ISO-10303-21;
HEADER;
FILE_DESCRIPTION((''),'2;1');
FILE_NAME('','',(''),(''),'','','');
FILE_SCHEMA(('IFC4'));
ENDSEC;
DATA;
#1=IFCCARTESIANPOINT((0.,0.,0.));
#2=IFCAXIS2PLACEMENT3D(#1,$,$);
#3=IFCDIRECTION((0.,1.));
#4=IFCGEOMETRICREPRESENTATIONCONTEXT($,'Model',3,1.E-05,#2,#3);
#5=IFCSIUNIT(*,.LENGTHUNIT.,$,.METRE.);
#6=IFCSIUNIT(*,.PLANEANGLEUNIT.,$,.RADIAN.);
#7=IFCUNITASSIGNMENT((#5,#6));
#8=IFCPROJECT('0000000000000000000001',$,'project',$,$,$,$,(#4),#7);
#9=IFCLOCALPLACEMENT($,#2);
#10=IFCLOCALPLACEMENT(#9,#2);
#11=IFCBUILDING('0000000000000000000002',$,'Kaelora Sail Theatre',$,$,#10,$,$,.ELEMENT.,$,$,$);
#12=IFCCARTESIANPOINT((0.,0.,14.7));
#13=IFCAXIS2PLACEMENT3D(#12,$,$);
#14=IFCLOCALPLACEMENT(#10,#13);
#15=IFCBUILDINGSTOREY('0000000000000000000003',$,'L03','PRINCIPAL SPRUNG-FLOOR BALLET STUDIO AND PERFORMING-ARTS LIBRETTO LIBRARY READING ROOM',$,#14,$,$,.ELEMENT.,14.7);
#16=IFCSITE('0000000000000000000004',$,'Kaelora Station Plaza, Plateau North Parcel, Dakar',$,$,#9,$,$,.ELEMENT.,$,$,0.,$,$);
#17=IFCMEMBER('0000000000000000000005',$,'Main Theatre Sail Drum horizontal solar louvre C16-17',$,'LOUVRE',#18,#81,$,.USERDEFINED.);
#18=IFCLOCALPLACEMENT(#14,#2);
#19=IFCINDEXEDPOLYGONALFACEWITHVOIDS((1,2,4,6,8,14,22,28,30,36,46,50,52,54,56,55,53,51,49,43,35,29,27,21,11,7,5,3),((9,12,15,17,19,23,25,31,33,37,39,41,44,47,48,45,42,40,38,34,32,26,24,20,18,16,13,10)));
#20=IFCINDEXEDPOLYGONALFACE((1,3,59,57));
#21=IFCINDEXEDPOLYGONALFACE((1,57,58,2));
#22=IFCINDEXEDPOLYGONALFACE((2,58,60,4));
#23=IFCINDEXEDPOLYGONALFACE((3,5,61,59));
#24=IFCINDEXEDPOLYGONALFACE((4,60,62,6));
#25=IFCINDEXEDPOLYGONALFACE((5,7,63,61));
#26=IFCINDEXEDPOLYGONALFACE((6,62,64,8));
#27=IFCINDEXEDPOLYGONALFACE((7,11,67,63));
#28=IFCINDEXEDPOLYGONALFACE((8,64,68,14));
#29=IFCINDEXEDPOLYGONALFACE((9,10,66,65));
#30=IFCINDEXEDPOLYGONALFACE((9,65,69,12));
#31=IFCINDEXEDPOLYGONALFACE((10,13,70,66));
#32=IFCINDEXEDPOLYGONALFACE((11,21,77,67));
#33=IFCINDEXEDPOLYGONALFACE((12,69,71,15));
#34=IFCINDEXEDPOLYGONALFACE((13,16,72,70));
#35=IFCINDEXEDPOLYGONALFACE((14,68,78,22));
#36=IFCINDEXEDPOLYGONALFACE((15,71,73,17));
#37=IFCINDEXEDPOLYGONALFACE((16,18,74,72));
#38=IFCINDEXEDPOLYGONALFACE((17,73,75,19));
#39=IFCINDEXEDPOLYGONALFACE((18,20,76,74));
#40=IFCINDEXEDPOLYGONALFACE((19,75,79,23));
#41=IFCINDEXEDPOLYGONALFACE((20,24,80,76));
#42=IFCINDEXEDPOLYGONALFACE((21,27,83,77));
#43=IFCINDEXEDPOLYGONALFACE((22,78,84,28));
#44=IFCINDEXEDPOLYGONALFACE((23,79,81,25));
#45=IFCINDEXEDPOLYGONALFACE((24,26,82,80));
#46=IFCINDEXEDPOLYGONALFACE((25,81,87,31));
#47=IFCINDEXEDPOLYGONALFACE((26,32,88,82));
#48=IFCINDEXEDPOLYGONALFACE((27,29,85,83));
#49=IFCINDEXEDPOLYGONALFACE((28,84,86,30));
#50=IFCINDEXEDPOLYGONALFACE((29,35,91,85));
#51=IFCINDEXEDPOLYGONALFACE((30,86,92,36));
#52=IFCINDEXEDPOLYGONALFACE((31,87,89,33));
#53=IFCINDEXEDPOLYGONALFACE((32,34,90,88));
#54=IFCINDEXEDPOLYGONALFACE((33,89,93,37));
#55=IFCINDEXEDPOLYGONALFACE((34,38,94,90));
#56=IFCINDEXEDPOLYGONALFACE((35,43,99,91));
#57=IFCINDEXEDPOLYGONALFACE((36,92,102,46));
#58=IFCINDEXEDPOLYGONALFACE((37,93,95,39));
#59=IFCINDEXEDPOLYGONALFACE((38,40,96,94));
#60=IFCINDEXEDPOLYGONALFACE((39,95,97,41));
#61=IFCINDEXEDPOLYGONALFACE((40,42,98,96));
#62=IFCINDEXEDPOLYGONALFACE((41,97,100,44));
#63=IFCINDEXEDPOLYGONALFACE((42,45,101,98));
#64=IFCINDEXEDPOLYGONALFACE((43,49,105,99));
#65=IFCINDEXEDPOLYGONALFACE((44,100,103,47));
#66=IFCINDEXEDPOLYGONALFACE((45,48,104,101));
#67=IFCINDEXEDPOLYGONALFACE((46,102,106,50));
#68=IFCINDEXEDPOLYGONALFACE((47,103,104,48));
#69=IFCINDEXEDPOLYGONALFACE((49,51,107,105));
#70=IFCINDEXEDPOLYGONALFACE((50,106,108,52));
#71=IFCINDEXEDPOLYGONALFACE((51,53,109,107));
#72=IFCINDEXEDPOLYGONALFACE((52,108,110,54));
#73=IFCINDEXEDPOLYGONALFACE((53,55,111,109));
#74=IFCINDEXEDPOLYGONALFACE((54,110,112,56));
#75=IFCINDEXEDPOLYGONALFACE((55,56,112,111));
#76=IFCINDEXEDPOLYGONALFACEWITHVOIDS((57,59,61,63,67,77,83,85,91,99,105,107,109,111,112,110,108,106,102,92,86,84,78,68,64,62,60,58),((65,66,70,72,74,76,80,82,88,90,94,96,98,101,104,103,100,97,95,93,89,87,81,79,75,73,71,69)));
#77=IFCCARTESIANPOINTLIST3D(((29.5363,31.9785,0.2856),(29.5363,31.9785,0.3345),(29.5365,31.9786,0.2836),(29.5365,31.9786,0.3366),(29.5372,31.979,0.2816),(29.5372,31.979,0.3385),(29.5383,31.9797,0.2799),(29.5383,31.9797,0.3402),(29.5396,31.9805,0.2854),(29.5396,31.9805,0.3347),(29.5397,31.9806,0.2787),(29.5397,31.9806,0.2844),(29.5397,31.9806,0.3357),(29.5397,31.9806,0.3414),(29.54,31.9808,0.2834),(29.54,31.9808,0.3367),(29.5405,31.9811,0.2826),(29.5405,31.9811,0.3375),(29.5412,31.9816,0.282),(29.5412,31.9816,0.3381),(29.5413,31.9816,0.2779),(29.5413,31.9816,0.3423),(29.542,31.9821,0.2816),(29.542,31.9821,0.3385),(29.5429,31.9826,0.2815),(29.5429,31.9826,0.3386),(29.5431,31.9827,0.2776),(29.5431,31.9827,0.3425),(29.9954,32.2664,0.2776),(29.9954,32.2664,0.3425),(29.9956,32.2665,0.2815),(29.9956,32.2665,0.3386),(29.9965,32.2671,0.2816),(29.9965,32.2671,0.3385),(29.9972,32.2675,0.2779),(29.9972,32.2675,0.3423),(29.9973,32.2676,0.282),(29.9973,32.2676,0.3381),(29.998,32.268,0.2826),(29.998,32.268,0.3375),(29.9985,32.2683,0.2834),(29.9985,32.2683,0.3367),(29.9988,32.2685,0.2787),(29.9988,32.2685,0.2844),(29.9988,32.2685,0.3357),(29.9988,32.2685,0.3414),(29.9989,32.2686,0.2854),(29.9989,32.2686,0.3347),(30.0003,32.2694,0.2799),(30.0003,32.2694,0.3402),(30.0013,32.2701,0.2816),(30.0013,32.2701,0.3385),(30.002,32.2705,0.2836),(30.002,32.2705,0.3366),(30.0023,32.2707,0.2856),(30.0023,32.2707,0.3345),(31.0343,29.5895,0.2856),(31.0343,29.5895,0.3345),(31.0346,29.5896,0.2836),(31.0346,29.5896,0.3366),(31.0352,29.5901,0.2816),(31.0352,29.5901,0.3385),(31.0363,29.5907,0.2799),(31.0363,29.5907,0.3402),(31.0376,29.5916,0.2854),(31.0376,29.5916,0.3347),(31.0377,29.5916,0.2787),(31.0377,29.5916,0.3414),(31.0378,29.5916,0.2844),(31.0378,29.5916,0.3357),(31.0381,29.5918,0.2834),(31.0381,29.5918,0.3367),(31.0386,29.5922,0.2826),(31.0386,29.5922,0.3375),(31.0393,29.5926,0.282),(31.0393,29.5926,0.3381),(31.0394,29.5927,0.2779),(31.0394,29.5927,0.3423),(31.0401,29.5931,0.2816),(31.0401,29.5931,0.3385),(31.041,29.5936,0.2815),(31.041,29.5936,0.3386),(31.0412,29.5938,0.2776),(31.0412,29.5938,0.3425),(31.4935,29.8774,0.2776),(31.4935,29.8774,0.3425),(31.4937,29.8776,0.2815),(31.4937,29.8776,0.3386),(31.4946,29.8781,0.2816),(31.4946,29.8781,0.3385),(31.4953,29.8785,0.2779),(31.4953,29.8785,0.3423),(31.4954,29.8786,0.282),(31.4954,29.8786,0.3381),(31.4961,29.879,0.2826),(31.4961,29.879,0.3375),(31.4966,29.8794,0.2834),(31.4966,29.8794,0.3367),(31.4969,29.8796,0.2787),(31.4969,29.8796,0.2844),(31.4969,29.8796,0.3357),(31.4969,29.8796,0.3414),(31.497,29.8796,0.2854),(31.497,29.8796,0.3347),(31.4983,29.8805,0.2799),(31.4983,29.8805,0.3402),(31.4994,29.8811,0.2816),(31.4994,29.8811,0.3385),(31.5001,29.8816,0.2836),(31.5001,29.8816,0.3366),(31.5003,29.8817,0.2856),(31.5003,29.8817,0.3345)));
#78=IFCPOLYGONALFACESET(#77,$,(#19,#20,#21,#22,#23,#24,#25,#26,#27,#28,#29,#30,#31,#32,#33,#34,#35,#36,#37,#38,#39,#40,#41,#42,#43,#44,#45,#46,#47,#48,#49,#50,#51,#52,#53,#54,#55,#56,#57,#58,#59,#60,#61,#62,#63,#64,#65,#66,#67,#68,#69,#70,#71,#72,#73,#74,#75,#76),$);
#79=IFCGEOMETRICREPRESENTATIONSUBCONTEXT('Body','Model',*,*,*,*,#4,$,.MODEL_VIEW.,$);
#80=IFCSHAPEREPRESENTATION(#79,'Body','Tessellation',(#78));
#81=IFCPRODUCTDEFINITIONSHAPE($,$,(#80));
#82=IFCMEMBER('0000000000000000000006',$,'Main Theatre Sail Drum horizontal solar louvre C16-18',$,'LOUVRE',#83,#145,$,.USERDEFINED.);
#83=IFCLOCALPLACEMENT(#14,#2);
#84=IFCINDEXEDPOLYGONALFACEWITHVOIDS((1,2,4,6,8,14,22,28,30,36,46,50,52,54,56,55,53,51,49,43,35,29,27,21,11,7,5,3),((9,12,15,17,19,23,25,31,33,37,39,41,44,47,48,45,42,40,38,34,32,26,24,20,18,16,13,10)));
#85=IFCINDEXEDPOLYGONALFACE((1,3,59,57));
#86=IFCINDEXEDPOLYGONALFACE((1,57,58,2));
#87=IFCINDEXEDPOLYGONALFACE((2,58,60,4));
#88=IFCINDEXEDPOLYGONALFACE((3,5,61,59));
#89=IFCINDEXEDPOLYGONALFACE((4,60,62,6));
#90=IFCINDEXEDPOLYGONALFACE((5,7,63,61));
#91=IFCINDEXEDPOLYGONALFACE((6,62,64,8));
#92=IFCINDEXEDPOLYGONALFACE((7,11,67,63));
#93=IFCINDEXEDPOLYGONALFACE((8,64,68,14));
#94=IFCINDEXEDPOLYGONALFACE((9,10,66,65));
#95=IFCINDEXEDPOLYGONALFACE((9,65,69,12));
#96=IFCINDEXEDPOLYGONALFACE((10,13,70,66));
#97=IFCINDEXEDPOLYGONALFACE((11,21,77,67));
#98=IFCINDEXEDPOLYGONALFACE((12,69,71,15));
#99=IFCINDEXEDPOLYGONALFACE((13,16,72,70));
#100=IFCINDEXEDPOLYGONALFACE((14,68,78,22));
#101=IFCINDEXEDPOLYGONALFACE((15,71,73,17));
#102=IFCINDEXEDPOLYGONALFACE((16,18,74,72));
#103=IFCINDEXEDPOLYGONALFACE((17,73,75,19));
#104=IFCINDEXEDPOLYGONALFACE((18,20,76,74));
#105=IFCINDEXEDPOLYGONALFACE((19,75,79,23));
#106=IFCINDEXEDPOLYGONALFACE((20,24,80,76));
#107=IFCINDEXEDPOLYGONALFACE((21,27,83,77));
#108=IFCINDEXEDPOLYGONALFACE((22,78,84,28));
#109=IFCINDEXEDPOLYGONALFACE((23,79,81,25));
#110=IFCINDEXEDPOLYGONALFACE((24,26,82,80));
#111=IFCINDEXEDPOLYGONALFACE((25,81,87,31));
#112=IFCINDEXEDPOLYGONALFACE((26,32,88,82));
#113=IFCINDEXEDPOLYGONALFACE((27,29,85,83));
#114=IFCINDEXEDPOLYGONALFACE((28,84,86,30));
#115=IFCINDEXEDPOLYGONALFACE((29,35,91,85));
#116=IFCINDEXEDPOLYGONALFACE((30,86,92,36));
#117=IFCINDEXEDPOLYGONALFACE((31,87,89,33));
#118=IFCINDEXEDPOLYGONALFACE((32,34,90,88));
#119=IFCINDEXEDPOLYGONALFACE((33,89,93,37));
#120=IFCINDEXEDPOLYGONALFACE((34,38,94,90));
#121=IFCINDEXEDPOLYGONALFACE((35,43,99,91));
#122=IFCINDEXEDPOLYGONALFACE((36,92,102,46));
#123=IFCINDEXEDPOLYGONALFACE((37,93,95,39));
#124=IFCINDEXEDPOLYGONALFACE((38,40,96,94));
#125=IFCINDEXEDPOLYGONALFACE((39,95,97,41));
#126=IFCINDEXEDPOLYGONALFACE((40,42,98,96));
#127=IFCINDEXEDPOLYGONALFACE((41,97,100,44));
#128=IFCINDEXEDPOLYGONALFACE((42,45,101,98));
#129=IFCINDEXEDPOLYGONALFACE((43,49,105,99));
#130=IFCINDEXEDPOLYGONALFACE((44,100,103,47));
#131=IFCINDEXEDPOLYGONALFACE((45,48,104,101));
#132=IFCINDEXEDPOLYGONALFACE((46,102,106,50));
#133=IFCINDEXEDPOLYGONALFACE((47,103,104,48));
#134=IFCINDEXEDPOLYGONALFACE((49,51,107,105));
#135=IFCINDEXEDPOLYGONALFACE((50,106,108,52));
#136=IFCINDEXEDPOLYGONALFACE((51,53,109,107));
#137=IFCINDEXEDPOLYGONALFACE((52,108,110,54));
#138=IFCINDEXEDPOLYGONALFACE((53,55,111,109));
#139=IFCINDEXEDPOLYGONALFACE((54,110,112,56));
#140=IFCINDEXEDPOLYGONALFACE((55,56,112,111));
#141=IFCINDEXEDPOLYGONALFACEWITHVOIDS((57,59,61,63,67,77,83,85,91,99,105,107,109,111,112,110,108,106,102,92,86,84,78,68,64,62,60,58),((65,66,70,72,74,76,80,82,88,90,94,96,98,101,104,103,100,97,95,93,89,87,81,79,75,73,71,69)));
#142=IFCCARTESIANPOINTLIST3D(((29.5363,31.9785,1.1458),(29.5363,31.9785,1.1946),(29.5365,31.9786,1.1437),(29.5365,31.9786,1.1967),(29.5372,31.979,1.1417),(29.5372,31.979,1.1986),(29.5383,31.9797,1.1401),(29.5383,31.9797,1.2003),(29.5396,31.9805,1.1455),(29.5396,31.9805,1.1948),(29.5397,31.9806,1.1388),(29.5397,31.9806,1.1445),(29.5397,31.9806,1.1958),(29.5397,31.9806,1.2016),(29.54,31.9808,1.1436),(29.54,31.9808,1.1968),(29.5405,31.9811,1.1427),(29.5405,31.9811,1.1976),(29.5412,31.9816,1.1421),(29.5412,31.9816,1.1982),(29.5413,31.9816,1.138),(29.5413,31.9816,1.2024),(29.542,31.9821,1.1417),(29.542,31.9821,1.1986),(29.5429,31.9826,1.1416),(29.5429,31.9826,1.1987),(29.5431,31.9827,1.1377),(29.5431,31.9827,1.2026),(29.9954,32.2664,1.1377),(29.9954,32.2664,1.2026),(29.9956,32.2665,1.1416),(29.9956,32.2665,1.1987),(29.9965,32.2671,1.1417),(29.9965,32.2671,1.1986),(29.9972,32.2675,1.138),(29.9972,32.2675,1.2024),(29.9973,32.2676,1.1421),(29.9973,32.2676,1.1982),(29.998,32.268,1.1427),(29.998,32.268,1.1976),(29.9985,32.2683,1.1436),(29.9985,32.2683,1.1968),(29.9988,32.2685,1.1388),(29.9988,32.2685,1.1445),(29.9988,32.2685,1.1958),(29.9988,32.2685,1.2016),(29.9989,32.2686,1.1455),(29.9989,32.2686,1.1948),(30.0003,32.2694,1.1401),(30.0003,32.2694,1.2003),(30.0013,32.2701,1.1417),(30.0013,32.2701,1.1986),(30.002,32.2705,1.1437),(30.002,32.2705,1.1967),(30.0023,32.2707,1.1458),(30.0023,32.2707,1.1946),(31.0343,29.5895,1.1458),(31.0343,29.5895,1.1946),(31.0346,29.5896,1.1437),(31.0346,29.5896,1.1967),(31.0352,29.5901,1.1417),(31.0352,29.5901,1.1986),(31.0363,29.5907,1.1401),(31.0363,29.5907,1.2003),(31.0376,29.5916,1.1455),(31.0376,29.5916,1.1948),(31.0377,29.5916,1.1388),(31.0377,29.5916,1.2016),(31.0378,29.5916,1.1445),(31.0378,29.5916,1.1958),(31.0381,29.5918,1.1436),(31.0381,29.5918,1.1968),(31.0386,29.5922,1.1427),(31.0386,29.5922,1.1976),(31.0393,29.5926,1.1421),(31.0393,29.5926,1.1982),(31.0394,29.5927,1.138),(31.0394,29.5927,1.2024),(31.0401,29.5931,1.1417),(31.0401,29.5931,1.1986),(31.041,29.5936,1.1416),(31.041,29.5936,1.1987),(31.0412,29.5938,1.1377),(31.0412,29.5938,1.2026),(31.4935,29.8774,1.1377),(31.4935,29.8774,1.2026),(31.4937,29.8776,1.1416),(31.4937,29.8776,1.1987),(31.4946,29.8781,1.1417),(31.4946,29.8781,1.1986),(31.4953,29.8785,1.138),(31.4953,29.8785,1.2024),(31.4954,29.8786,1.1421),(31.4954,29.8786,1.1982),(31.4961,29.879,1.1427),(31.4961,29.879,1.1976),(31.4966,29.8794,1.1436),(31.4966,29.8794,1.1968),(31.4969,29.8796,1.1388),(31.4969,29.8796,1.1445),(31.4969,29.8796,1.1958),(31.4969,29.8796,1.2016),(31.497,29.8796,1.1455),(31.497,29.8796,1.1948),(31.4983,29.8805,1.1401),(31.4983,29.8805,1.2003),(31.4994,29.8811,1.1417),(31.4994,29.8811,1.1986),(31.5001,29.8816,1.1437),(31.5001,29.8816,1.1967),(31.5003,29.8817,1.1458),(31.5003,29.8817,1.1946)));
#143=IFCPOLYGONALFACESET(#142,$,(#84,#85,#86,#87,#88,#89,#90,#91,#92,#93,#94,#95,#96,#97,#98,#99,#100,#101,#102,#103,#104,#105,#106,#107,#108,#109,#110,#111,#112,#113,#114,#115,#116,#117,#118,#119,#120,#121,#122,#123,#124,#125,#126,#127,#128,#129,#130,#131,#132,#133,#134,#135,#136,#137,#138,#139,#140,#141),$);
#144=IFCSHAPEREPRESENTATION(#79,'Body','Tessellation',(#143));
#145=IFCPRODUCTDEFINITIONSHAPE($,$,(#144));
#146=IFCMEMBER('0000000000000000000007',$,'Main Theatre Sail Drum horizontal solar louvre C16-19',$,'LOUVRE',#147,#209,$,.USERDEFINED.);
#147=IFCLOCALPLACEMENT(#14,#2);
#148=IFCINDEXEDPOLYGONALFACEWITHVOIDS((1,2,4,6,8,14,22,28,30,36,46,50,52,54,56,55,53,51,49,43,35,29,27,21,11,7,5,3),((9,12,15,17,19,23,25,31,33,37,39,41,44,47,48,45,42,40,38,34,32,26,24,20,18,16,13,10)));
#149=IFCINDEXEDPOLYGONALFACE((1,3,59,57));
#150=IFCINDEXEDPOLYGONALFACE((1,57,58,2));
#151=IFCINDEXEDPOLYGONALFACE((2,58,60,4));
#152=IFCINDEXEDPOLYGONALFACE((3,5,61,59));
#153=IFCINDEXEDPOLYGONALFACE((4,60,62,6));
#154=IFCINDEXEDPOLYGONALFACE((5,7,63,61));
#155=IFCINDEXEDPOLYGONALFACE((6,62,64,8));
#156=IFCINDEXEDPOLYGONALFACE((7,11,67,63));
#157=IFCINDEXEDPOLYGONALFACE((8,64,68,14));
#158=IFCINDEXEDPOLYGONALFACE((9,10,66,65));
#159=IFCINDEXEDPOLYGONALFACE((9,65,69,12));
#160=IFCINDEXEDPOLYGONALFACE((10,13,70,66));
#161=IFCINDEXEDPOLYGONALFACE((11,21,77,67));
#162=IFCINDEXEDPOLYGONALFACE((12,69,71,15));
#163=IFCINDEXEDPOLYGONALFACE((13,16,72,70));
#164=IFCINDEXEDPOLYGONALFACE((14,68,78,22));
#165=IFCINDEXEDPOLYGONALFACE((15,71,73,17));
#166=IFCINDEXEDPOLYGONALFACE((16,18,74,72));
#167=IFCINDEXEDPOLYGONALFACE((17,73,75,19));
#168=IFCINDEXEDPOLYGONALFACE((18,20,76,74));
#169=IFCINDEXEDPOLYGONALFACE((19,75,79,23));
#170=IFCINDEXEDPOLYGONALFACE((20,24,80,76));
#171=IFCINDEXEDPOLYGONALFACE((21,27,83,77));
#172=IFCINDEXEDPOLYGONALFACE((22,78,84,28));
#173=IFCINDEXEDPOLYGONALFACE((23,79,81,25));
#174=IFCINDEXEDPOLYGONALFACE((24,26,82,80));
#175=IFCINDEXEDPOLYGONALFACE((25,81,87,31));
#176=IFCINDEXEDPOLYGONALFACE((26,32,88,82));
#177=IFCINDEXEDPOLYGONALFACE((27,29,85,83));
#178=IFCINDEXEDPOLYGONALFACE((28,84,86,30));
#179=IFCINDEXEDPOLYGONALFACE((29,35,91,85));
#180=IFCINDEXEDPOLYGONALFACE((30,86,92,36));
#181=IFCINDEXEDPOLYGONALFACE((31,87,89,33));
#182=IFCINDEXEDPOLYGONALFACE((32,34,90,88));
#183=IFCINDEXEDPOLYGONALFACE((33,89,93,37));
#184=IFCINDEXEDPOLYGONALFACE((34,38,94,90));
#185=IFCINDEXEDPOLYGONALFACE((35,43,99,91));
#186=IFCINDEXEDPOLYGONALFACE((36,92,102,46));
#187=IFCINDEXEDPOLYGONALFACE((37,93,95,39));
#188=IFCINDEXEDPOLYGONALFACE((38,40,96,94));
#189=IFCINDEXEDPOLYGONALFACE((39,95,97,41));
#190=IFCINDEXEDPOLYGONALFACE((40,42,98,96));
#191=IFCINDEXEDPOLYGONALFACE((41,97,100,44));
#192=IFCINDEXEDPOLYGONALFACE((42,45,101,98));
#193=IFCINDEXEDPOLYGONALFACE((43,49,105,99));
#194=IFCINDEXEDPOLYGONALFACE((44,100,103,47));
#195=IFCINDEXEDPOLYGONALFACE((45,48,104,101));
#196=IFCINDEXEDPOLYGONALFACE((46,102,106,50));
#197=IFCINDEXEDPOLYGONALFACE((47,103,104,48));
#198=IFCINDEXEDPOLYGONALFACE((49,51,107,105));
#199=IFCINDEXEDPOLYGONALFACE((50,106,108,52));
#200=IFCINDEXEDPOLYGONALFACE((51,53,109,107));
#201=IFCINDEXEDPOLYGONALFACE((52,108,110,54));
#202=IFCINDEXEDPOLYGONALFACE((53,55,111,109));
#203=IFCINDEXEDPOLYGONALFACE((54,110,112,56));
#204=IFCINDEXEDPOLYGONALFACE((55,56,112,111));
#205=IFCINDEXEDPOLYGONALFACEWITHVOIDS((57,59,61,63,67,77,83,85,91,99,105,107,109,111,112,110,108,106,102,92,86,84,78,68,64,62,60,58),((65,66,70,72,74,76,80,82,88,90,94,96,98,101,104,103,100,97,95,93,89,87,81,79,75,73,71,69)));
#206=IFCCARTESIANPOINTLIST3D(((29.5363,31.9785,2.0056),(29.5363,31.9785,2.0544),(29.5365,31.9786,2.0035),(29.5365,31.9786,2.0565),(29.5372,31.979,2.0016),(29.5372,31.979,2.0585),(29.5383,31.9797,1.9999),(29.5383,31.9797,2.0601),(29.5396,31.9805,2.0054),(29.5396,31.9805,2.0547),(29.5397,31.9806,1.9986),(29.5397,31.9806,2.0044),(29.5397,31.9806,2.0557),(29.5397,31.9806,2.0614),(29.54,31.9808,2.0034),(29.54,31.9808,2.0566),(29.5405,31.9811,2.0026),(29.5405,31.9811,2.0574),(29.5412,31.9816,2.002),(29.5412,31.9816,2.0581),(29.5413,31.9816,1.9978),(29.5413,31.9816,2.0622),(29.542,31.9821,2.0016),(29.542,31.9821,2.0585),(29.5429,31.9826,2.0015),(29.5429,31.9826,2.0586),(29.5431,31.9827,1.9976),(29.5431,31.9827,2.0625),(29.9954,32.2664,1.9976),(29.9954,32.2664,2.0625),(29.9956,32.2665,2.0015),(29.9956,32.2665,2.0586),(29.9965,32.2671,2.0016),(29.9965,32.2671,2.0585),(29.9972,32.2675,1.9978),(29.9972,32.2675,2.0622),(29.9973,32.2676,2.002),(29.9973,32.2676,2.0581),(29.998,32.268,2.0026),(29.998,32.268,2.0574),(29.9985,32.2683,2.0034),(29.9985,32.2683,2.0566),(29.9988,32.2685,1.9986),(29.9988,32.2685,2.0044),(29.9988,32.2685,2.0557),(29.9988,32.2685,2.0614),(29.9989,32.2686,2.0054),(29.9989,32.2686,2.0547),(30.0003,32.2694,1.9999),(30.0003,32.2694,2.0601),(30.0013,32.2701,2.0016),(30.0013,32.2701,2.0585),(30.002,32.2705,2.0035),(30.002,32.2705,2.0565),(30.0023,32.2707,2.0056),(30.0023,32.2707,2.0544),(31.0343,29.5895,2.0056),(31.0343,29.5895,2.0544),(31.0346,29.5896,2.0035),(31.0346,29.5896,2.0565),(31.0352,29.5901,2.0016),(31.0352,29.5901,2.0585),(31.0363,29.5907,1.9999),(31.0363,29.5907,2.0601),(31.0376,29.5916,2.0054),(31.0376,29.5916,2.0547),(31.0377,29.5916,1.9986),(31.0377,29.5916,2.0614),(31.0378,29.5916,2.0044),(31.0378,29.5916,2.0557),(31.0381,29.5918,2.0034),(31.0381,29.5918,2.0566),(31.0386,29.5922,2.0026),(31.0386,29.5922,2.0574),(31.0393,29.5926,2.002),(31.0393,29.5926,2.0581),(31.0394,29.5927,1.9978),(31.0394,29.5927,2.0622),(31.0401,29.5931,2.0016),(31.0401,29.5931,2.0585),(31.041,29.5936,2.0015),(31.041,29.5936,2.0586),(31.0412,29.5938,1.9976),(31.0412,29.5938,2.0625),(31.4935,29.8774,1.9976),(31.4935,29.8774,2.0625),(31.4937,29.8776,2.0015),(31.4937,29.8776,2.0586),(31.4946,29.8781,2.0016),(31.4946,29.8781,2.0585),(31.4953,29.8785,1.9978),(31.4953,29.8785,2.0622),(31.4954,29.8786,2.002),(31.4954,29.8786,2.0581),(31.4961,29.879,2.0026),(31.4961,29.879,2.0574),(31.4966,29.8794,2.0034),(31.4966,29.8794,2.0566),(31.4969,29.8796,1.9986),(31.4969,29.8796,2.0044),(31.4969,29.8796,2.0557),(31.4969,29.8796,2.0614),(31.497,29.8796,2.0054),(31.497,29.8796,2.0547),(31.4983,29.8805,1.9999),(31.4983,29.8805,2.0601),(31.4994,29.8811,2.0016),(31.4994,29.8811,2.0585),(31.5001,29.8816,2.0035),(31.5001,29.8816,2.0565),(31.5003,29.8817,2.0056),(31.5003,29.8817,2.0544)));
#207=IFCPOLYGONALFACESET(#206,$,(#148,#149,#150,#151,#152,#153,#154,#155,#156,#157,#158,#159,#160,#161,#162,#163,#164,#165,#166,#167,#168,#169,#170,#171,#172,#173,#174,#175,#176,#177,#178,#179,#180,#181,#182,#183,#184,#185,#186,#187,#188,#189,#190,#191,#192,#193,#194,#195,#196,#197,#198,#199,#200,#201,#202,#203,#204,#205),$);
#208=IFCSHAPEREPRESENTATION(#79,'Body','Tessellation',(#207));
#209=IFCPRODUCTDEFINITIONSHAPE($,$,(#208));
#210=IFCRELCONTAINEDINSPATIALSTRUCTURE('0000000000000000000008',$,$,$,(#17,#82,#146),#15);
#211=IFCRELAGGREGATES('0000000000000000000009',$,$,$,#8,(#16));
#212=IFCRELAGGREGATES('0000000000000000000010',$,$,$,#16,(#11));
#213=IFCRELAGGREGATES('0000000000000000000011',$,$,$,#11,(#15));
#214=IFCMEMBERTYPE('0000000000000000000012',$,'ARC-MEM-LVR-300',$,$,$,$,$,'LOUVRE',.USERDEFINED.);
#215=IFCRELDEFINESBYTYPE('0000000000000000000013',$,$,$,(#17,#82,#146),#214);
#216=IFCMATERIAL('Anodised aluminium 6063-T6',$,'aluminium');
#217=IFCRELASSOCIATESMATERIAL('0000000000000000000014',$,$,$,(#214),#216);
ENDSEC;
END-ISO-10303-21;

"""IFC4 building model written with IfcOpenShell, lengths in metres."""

from ifc_helpers import new_model, si_unit, direction, frame, origin, origin_2d, place, context, subcontext, project, spatial, hollow_rectangle, extrude, material, material_profile, profile_set, type_object, element, save


model = new_model("IFC4")

# Units and contexts
model_context = context("Model", 3, precision=1e-05, world=origin(), true_north=direction((0.0, 1.0)))
body_context = subcontext(model_context, "Body", "Model", "MODEL_VIEW")
ifc_project = project(units=[si_unit("LENGTHUNIT", "METRE"), si_unit("PLANEANGLEUNIT", "RADIAN")], contexts=[model_context])

# Site, building, storey
site_placement = place(None, origin())
site = spatial("IfcSite", under=ifc_project, at=site_placement, Name="Kaelora Station Plaza, Plateau North Parcel, Dakar", CompositionType="ELEMENT", RefElevation=0.0)
building_placement = place(site_placement, origin())
building = spatial("IfcBuilding", under=site, at=building_placement, Name="Kaelora Sail Theatre", CompositionType="ELEMENT")
storey_placement = place(building_placement, frame((0.0, 0.0, 14.7)))
storey = spatial("IfcBuildingStorey", under=building, at=storey_placement, Name="L03", Description="PRINCIPAL SPRUNG-FLOOR BALLET STUDIO AND PERFORMING-ARTS LIBRETTO LIBRARY READING ROOM", CompositionType="ELEMENT", Elevation=14.7)

# Members
ifc_material_1 = material(Name="Anodised aluminium 6063-T6", Category="aluminium")
ifc_material_profile_1 = material_profile(ifc_material_1, hollow_rectangle(XDim=0.55, YDim=0.0649, WallThickness=0.0039, InnerFilletRadius=0.0039, OuterFilletRadius=0.0081, at=origin_2d()), Name="LOUVRE 550x65x4")
ifc_profile_set_1 = profile_set([ifc_material_profile_1], Name="Anodised aluminium 6063-T6")
member_type = type_object("IfcMemberType", Name="ARC-MEM-LVR-300", ElementType="LOUVRE", PredefinedType="USERDEFINED", material=ifc_profile_set_1)
for number, where, z_axis, x_axis, name in (
    (1, (31.2673, 29.7356, 0.3101), (-0.531267, 0.847204, 0.0), (-0.847204, -0.531267, 0.0), "Main Theatre Sail Drum horizontal solar louvre C16-17"),
    (2, (31.2673, 29.7356, 1.1702), (-0.531267, 0.847204, 0.0), (-0.847204, -0.531267, 0.0), "Main Theatre Sail Drum horizontal solar louvre C16-18"),
    (3, (31.2673, 29.7356, 2.03), (-0.531267, 0.847204, 0.0), (-0.847204, -0.531267, 0.0), "Main Theatre Sail Drum horizontal solar louvre C16-19"),
):
    element("IfcMember", number, at=place(storey_placement, frame(where, z_axis=z_axis, x_axis=x_axis)), inside=storey, type_object=member_type, Name=name, ObjectType="LOUVRE", PredefinedType="USERDEFINED", context=body_context, shape_type="SweptSolid", body=[
        extrude(hollow_rectangle(XDim=0.55, YDim=0.0649, WallThickness=0.0039, InnerFilletRadius=0.0039, OuterFilletRadius=0.0081, at=origin_2d()), origin(), (0.0, 0.0, 1.0), 2.8198),
    ])

save(model, "model.ifc")
